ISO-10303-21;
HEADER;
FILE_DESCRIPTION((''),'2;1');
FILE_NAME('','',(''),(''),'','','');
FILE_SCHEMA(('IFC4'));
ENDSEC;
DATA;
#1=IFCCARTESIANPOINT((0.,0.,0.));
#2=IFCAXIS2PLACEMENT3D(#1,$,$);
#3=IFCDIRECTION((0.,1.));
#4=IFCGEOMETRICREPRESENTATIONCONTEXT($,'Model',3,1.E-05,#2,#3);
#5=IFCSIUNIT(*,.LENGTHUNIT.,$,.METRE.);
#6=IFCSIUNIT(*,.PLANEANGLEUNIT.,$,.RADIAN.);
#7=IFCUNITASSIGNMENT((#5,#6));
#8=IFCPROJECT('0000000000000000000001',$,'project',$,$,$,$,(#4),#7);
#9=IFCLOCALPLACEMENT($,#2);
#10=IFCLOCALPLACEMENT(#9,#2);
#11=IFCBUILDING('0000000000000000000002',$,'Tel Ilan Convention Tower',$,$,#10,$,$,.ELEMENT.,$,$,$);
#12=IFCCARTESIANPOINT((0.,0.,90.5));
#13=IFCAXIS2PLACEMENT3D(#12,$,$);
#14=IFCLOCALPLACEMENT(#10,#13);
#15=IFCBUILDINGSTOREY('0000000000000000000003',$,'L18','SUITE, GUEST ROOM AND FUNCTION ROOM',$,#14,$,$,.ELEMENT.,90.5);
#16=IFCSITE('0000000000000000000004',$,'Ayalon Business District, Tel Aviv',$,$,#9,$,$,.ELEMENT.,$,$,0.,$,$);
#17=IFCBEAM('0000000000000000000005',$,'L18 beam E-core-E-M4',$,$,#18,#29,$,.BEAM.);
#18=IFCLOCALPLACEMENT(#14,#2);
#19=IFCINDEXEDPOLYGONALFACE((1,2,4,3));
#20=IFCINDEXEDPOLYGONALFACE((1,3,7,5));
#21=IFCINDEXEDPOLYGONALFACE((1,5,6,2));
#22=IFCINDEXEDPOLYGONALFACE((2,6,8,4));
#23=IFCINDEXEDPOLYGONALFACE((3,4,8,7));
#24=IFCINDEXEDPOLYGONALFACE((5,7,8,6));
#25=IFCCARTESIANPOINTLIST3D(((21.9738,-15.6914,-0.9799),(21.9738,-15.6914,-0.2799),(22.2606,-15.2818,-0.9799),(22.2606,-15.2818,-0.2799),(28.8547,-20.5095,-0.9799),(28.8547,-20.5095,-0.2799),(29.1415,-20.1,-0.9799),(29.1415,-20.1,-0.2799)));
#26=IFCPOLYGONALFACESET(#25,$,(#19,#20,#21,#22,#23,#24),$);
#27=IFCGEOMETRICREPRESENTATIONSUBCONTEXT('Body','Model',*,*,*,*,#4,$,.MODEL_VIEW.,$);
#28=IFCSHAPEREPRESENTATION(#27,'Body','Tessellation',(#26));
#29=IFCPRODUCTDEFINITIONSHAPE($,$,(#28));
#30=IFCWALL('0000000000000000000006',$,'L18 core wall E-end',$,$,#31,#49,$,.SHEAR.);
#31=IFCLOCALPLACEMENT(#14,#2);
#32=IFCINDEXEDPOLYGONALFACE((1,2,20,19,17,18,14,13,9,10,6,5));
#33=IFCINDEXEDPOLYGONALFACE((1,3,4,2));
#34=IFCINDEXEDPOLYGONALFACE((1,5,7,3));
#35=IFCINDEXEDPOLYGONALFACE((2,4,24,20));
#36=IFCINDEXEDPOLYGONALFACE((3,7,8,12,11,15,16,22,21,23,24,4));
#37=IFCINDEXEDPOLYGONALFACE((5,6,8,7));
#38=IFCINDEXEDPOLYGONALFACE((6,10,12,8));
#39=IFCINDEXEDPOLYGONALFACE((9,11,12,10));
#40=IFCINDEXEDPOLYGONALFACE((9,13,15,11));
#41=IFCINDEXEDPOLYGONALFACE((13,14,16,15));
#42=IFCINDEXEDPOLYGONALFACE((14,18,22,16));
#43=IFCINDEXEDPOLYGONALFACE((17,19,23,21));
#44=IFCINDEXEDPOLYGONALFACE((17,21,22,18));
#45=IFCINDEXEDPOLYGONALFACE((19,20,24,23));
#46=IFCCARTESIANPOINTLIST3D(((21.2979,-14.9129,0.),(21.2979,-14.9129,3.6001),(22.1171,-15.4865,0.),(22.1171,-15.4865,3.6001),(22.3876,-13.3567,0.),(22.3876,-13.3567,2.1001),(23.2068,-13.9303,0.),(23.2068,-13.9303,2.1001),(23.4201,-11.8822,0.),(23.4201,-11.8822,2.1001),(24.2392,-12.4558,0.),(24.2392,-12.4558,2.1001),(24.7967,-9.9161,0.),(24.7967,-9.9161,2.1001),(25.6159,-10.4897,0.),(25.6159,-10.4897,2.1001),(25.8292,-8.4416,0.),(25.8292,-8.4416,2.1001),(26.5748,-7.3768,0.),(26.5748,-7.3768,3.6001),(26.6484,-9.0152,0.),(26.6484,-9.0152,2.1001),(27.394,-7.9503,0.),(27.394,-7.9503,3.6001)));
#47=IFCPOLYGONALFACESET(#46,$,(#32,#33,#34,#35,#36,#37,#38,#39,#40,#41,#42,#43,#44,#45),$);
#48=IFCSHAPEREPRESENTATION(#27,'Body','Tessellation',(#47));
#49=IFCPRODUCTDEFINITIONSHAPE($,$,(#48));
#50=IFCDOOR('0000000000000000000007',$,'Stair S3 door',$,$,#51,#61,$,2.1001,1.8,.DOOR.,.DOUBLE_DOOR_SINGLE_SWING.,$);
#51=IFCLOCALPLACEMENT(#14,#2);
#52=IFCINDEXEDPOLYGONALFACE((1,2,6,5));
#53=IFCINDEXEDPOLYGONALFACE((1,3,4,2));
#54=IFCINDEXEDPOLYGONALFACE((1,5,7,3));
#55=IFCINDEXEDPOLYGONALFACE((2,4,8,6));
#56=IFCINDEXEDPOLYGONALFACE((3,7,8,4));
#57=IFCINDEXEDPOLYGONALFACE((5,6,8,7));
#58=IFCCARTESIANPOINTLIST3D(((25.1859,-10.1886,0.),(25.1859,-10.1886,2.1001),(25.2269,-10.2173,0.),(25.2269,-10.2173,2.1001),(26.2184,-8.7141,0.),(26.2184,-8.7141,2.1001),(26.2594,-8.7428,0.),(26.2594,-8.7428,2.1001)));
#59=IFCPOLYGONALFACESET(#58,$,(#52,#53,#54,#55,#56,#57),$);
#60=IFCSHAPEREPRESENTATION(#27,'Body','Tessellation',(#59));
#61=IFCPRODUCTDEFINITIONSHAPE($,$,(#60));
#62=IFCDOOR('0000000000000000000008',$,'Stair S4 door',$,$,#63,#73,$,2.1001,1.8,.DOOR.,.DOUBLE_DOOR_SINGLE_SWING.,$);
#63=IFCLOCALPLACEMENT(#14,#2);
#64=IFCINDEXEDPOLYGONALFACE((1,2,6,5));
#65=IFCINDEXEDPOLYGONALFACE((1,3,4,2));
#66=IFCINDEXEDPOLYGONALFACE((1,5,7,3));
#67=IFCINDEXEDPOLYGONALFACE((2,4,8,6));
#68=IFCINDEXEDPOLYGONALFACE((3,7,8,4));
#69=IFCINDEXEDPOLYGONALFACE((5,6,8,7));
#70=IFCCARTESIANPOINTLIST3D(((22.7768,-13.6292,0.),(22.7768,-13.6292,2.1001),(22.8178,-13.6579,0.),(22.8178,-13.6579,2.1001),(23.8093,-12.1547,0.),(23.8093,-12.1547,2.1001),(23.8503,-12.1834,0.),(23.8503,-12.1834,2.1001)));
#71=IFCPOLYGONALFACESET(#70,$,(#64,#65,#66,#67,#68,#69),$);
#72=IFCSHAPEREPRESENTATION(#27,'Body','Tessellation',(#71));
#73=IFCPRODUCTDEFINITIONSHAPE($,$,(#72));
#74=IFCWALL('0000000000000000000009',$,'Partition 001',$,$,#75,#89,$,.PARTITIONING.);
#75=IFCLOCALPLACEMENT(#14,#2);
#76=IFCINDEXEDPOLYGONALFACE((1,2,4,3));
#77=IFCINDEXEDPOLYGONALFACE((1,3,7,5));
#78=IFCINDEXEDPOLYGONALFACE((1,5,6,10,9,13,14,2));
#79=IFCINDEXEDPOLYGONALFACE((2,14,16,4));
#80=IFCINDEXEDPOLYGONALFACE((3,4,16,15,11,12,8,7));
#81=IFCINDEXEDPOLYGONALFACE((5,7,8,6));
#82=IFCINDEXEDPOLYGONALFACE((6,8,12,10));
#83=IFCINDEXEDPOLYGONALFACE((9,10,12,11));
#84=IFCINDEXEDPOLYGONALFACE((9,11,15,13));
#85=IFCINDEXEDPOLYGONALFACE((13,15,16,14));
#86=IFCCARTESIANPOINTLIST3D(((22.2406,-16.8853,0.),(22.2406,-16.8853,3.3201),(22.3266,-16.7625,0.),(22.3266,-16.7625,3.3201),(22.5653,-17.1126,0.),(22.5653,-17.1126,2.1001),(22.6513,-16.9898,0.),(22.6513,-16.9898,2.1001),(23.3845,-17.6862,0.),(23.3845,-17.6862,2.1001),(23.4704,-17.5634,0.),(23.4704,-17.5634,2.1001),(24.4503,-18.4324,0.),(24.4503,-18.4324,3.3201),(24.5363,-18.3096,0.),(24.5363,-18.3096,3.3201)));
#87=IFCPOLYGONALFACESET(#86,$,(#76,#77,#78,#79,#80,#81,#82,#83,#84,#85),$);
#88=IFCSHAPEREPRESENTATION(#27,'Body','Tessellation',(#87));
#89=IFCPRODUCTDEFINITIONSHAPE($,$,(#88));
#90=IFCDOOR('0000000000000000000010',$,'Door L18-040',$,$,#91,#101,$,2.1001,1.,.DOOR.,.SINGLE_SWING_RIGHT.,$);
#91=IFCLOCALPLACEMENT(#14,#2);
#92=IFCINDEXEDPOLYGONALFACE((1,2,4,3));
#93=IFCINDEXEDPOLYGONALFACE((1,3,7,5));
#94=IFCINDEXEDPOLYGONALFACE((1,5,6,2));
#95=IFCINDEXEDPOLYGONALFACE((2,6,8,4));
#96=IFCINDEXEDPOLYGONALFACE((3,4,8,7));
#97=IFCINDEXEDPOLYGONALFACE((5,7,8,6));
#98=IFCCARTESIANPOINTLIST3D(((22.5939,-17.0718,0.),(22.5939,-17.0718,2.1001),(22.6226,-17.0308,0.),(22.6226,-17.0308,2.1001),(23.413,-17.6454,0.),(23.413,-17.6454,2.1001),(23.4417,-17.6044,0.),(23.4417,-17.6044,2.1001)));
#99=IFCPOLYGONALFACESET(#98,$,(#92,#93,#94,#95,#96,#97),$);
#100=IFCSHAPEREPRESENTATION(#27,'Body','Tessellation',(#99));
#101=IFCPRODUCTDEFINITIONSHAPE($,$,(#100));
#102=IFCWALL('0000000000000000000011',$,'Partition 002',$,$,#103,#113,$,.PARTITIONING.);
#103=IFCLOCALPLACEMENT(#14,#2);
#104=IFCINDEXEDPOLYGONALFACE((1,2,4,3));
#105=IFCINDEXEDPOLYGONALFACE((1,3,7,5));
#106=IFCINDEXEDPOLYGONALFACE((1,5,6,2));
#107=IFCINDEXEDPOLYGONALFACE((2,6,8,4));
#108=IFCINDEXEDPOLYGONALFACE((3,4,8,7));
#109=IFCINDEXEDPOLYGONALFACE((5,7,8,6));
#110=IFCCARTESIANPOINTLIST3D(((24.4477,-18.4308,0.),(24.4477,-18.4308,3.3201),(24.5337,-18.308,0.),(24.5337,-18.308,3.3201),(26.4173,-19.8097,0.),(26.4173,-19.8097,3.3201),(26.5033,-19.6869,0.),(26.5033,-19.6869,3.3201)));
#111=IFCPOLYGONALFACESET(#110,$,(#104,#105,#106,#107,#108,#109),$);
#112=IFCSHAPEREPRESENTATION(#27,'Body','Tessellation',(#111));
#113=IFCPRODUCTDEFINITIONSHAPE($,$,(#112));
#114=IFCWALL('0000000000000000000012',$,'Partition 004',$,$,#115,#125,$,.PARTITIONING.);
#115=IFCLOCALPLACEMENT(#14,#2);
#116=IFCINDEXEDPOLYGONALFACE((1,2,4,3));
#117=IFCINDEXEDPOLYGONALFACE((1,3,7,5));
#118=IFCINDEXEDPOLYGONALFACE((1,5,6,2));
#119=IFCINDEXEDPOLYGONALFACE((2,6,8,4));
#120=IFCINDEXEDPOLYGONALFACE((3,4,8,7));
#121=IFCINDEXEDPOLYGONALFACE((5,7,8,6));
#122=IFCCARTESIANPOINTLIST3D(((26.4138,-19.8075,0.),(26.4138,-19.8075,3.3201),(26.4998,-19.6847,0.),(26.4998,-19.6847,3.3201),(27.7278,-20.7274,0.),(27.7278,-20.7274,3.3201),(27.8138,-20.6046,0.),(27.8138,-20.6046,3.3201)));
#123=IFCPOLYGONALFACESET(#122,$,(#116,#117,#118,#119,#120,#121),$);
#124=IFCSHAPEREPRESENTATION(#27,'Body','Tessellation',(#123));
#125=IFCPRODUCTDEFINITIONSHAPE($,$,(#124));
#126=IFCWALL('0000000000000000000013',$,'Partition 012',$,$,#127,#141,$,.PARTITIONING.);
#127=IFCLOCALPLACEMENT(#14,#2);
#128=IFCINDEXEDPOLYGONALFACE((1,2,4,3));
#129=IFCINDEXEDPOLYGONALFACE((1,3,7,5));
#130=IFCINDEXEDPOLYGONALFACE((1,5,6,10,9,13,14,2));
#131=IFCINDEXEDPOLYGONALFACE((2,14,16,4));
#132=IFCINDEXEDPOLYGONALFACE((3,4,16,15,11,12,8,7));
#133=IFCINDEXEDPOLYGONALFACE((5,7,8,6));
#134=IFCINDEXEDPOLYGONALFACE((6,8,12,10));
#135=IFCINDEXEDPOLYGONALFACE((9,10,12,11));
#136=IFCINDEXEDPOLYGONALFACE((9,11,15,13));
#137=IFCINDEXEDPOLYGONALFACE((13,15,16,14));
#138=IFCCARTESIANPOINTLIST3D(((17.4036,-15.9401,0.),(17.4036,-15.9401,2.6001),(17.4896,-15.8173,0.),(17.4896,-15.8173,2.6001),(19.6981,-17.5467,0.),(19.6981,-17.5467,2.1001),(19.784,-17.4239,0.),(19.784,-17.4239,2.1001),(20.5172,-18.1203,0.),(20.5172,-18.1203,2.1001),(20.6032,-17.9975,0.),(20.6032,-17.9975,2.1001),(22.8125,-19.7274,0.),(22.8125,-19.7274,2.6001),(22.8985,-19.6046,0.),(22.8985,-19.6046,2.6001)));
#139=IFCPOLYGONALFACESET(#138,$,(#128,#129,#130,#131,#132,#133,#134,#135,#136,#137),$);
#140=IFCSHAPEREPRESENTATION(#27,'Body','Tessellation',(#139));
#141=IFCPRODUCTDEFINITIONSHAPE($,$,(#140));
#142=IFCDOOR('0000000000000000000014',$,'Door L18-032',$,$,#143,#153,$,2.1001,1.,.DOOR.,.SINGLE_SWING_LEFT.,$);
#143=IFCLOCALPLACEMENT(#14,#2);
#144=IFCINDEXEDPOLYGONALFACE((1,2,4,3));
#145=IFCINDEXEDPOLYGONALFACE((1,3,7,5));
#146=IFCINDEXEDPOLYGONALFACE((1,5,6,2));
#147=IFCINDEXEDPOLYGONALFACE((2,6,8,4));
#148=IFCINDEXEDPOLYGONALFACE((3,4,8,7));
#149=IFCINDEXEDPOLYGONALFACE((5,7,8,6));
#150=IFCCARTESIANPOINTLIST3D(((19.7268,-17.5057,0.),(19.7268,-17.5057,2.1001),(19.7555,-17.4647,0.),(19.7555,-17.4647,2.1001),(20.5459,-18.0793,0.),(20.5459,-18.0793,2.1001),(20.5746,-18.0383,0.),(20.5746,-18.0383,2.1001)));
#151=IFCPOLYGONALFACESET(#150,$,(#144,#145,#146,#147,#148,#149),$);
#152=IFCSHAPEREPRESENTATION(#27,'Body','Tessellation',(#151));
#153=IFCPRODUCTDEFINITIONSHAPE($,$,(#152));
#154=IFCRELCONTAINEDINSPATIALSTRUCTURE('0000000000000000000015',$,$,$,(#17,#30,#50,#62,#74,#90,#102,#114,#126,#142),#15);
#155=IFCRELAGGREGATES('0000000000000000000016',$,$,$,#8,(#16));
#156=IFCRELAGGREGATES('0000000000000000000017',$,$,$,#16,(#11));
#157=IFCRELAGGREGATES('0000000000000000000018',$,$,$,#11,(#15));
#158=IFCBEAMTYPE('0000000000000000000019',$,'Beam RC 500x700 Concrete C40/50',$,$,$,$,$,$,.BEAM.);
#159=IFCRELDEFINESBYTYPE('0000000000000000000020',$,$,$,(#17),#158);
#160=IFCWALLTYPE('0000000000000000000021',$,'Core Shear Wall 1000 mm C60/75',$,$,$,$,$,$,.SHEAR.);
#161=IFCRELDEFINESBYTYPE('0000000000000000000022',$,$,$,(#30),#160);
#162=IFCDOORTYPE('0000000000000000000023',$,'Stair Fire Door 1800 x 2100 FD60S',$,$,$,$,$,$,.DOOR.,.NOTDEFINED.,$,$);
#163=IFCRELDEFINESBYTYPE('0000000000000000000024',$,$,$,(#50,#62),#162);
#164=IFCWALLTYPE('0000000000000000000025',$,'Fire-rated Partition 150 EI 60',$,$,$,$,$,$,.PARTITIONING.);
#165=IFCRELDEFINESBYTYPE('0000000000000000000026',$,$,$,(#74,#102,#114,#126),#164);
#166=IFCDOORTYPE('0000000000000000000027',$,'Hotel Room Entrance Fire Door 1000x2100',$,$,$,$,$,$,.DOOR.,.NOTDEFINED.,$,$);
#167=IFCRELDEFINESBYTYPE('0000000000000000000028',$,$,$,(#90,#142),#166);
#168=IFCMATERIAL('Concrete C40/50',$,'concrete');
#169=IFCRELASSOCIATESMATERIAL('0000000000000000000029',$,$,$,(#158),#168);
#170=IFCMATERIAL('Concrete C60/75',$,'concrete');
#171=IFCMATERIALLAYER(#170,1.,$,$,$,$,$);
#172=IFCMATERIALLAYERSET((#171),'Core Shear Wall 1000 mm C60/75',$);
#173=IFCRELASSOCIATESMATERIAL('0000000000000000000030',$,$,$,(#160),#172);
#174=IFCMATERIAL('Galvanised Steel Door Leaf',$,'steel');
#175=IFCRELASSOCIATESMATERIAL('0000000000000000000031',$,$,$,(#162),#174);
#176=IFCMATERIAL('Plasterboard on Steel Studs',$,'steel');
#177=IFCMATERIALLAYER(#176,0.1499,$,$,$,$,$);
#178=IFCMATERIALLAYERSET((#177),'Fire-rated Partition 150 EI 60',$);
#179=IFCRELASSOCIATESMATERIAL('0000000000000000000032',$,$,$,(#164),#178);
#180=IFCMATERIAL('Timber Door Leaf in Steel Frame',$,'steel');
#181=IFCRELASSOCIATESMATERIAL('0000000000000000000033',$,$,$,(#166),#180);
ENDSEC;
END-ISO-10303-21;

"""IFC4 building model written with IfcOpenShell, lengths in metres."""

from ifc_helpers import new_model, si_unit, direction, frame, frame_2d, origin, origin_2d, place, context, subcontext, project, spatial, polyline, rectangle, outline, extrude, material, layer, layer_set, material_profile, profile_set, type_object, element, fill, save


model = new_model("IFC4")

# Units and contexts
model_context = context("Model", 3, precision=1e-05, world=origin(), true_north=direction((0.0, 1.0)))
body_context = subcontext(model_context, "Body", "Model", "MODEL_VIEW")
ifc_project = project(units=[si_unit("LENGTHUNIT", "METRE"), si_unit("PLANEANGLEUNIT", "RADIAN")], contexts=[model_context])

# Site, building, storey
site_placement = place(None, origin())
site = spatial("IfcSite", under=ifc_project, at=site_placement, Name="Ayalon Business District, Tel Aviv", CompositionType="ELEMENT", RefElevation=0.0)
building_placement = place(site_placement, origin())
building = spatial("IfcBuilding", under=site, at=building_placement, Name="Tel Ilan Convention Tower", CompositionType="ELEMENT")
storey_placement = place(building_placement, frame((0.0, 0.0, 90.5)))
storey = spatial("IfcBuildingStorey", under=building, at=storey_placement, Name="L18", Description="SUITE, GUEST ROOM AND FUNCTION ROOM", CompositionType="ELEMENT", Elevation=90.5)

# Beam
ifc_material_1 = material(Name="Concrete C40/50", Category="concrete")
ifc_material_profile = material_profile(ifc_material_1, rectangle(XDim=0.5, YDim=0.7, at=origin_2d()), Name="RC 500x700")
ifc_profile_set = profile_set([ifc_material_profile], Name="Concrete C40/50")
beam_type = type_object("IfcBeamType", Name="Beam RC 500x700 Concrete C40/50", PredefinedType="BEAM", material=ifc_profile_set)
beam_placement = place(storey_placement, frame((22.1172, -15.4866, -0.6299), z_axis=(0.819147, -0.573583, 0.0), x_axis=(0.573583, 0.819147, 0.0)))
element("IfcBeam", 1, at=beam_placement, inside=storey, type_object=beam_type, Name="L18 beam E-core-E-M4", PredefinedType="BEAM", context=body_context, shape_type="SweptSolid", body=[
    extrude(rectangle(XDim=0.5, YDim=0.7, at=origin_2d()), origin(), (0.0, 0.0, 1.0), 8.4001),
])

# Wall, openings, doors
ifc_material_2 = material(Name="Concrete C60/75", Category="concrete")
ifc_layer_1 = layer(ifc_material_2, 1.0)
ifc_layer_set_1 = layer_set([ifc_layer_1], Name="Core Shear Wall 1000 mm C60/75")
wall_type_1 = type_object("IfcWallType", Name="Core Shear Wall 1000 mm C60/75", PredefinedType="SHEAR", material=ifc_layer_set_1)
wall_1_placement = place(storey_placement, frame((21.7075, -15.1997, 0.0), z_axis=(0.0, 0.0, 1.0), x_axis=(0.573576, 0.819152, 0.0)))
wall_1 = element("IfcWall", 2, at=wall_1_placement, inside=storey, type_object=wall_type_1, Name="L18 core wall E-end", PredefinedType="SHEAR", context=body_context, shape_type="SweptSolid", body=[
    extrude(outline(polyline([(9.2, 0.5), (0.0, 0.5), (0.0, -0.5), (9.2, -0.5), (9.2, 0.5)])), origin(), (0.0, 0.0, 1.0), 3.6001),
])
opening_1_placement = place(wall_1_placement, frame((6.1001, 0.0, 0.0)))
opening_1 = element("IfcOpeningElement", 3, at=opening_1_placement, cuts=wall_1, PredefinedType="OPENING", context=body_context, shape_type="SweptSolid", body=[
    extrude(rectangle(XDim=1.8, YDim=2.1001, at=frame_2d((0.8999, 1.05))), frame((0.0, 0.51, 0.0), z_axis=(0.0, -1.0, 0.0), x_axis=(1.0, 0.0, 0.0)), (0.0, 0.0, 1.0), 1.02),
])
opening_2_placement = place(wall_1_placement, frame((1.8999, 0.0, 0.0)))
opening_2 = element("IfcOpeningElement", 4, at=opening_2_placement, cuts=wall_1, PredefinedType="OPENING", context=body_context, shape_type="SweptSolid", body=[
    extrude(rectangle(XDim=1.8, YDim=2.1001, at=frame_2d((0.8999, 1.05))), frame((0.0, 0.51, 0.0), z_axis=(0.0, -1.0, 0.0), x_axis=(1.0, 0.0, 0.0)), (0.0, 0.0, 1.0), 1.02),
])
ifc_material_3 = material(Name="Galvanised Steel Door Leaf", Category="steel")
door_type_1 = type_object("IfcDoorType", Name="Stair Fire Door 1800 x 2100 FD60S", OperationType="NOTDEFINED", PredefinedType="DOOR", material=ifc_material_3)
door_1_placement = place(opening_1_placement, origin())
door_1 = element("IfcDoor", 5, at=door_1_placement, inside=storey, type_object=door_type_1, Name="Stair S3 door", OperationType="DOUBLE_DOOR_SINGLE_SWING", OverallHeight=2.1001, OverallWidth=1.8, PredefinedType="DOOR", context=body_context, shape_type="SweptSolid", body=[
    extrude(rectangle(XDim=1.8, YDim=2.1001, at=frame_2d((0.8999, 1.05))), frame((0.0, 0.0249, 0.0), z_axis=(0.0, -1.0, 0.0), x_axis=(1.0, 0.0, 0.0)), (0.0, 0.0, 1.0), 0.05),
])
fill(opening_1, door_1)
door_2_placement = place(opening_2_placement, origin())
door_2 = element("IfcDoor", 6, at=door_2_placement, inside=storey, type_object=door_type_1, Name="Stair S4 door", OperationType="DOUBLE_DOOR_SINGLE_SWING", OverallHeight=2.1001, OverallWidth=1.8, PredefinedType="DOOR", context=body_context, shape_type="SweptSolid", body=[
    extrude(rectangle(XDim=1.8, YDim=2.1001, at=frame_2d((0.8999, 1.05))), frame((0.0, 0.0249, 0.0), z_axis=(0.0, -1.0, 0.0), x_axis=(1.0, 0.0, 0.0)), (0.0, 0.0, 1.0), 0.05),
])
fill(opening_2, door_2)

# Wall, opening, door
ifc_material_4 = material(Name="Plasterboard on Steel Studs", Category="steel")
ifc_layer_2 = layer(ifc_material_4, 0.1499)
ifc_layer_set_2 = layer_set([ifc_layer_2], Name="Fire-rated Partition 150 EI 60")
wall_type_2 = type_object("IfcWallType", Name="Fire-rated Partition 150 EI 60", PredefinedType="PARTITIONING", material=ifc_layer_set_2)
wall_2_placement = place(storey_placement, frame((22.2837, -16.824, 0.0), z_axis=(0.0, 0.0, 1.0), x_axis=(0.819177, -0.573541, 0.0)))
wall_2 = element("IfcWall", 7, at=wall_2_placement, inside=storey, type_object=wall_type_2, Name="Partition 001", PredefinedType="PARTITIONING", context=body_context, shape_type="SweptSolid", body=[
    extrude(rectangle(XDim=2.6975, YDim=0.1499, at=frame_2d((1.3486, 0.0))), origin(), (0.0, 0.0, 1.0), 3.3201),
])
opening_3_placement = place(wall_2_placement, frame((0.3962, 0.0, 0.0)))
opening_3 = element("IfcOpeningElement", 8, at=opening_3_placement, cuts=wall_2, PredefinedType="OPENING", context=body_context, shape_type="SweptSolid", body=[
    extrude(rectangle(XDim=1.0, YDim=2.1001, at=frame_2d((0.5, 1.05))), frame((0.0, 0.085, 0.0), z_axis=(0.0, -1.0, 0.0), x_axis=(1.0, 0.0, 0.0)), (0.0, 0.0, 1.0), 0.1699),
])
ifc_material_5 = material(Name="Timber Door Leaf in Steel Frame", Category="steel")
door_type_2 = type_object("IfcDoorType", Name="Hotel Room Entrance Fire Door 1000x2100", OperationType="NOTDEFINED", PredefinedType="DOOR", material=ifc_material_5)
door_3_placement = place(opening_3_placement, origin())
door_3 = element("IfcDoor", 9, at=door_3_placement, inside=storey, type_object=door_type_2, Name="Door L18-040", OperationType="SINGLE_SWING_RIGHT", OverallHeight=2.1001, OverallWidth=1.0, PredefinedType="DOOR", context=body_context, shape_type="SweptSolid", body=[
    extrude(rectangle(XDim=1.0, YDim=2.1001, at=frame_2d((0.5, 1.05))), frame((0.0, 0.0249, 0.0), z_axis=(0.0, -1.0, 0.0), x_axis=(1.0, 0.0, 0.0)), (0.0, 0.0, 1.0), 0.05),
])
fill(opening_3, door_3)

# Walls
wall_3_placement = place(storey_placement, frame((24.4907, -18.3694, 0.0), z_axis=(0.0, 0.0, 1.0), x_axis=(0.819179, -0.573537, 0.0)))
element("IfcWall", 10, at=wall_3_placement, inside=storey, type_object=wall_type_2, Name="Partition 002", PredefinedType="PARTITIONING", context=body_context, shape_type="SweptSolid", body=[
    extrude(rectangle(XDim=2.4043, YDim=0.1499, at=frame_2d((1.2021, 0.0))), origin(), (0.0, 0.0, 1.0), 3.3201),
])
wall_4_placement = place(storey_placement, frame((26.4568, -19.7461, 0.0), z_axis=(0.0, 0.0, 1.0), x_axis=(0.819189, -0.573524, 0.0)))
element("IfcWall", 11, at=wall_4_placement, inside=storey, type_object=wall_type_2, Name="Partition 004", PredefinedType="PARTITIONING", context=body_context, shape_type="SweptSolid", body=[
    extrude(rectangle(XDim=1.604, YDim=0.1499, at=frame_2d((0.802, 0.0))), origin(), (0.0, 0.0, 1.0), 3.3201),
])

# Wall, opening, door
wall_5_placement = place(storey_placement, frame((22.8555, -19.666, 0.0), z_axis=(0.0, 0.0, 1.0), x_axis=(-0.819154, 0.573574, 0.0)))
wall_5 = element("IfcWall", 12, at=wall_5_placement, inside=storey, type_object=wall_type_2, Name="Partition 012", PredefinedType="PARTITIONING", context=body_context, shape_type="SweptSolid", body=[
    extrude(rectangle(XDim=6.603, YDim=0.1499, at=frame_2d((3.3015, 0.0))), origin(), (0.0, 0.0, 1.0), 2.6001),
])
opening_4_placement = place(wall_5_placement, frame((2.802, 0.0, 0.0)))
opening_4 = element("IfcOpeningElement", 13, at=opening_4_placement, cuts=wall_5, PredefinedType="OPENING", context=body_context, shape_type="SweptSolid", body=[
    extrude(rectangle(XDim=1.0, YDim=2.1001, at=frame_2d((0.5, 1.05))), frame((0.0, 0.085, 0.0), z_axis=(0.0, -1.0, 0.0), x_axis=(1.0, 0.0, 0.0)), (0.0, 0.0, 1.0), 0.1699),
])
door_4_placement = place(opening_4_placement, origin())
door_4 = element("IfcDoor", 14, at=door_4_placement, inside=storey, type_object=door_type_2, Name="Door L18-032", OperationType="SINGLE_SWING_LEFT", OverallHeight=2.1001, OverallWidth=1.0, PredefinedType="DOOR", context=body_context, shape_type="SweptSolid", body=[
    extrude(rectangle(XDim=1.0, YDim=2.1001, at=frame_2d((0.5, 1.05))), frame((0.0, 0.0249, 0.0), z_axis=(0.0, -1.0, 0.0), x_axis=(1.0, 0.0, 0.0)), (0.0, 0.0, 1.0), 0.05),
])
fill(opening_4, door_4)

save(model, "model.ifc")
